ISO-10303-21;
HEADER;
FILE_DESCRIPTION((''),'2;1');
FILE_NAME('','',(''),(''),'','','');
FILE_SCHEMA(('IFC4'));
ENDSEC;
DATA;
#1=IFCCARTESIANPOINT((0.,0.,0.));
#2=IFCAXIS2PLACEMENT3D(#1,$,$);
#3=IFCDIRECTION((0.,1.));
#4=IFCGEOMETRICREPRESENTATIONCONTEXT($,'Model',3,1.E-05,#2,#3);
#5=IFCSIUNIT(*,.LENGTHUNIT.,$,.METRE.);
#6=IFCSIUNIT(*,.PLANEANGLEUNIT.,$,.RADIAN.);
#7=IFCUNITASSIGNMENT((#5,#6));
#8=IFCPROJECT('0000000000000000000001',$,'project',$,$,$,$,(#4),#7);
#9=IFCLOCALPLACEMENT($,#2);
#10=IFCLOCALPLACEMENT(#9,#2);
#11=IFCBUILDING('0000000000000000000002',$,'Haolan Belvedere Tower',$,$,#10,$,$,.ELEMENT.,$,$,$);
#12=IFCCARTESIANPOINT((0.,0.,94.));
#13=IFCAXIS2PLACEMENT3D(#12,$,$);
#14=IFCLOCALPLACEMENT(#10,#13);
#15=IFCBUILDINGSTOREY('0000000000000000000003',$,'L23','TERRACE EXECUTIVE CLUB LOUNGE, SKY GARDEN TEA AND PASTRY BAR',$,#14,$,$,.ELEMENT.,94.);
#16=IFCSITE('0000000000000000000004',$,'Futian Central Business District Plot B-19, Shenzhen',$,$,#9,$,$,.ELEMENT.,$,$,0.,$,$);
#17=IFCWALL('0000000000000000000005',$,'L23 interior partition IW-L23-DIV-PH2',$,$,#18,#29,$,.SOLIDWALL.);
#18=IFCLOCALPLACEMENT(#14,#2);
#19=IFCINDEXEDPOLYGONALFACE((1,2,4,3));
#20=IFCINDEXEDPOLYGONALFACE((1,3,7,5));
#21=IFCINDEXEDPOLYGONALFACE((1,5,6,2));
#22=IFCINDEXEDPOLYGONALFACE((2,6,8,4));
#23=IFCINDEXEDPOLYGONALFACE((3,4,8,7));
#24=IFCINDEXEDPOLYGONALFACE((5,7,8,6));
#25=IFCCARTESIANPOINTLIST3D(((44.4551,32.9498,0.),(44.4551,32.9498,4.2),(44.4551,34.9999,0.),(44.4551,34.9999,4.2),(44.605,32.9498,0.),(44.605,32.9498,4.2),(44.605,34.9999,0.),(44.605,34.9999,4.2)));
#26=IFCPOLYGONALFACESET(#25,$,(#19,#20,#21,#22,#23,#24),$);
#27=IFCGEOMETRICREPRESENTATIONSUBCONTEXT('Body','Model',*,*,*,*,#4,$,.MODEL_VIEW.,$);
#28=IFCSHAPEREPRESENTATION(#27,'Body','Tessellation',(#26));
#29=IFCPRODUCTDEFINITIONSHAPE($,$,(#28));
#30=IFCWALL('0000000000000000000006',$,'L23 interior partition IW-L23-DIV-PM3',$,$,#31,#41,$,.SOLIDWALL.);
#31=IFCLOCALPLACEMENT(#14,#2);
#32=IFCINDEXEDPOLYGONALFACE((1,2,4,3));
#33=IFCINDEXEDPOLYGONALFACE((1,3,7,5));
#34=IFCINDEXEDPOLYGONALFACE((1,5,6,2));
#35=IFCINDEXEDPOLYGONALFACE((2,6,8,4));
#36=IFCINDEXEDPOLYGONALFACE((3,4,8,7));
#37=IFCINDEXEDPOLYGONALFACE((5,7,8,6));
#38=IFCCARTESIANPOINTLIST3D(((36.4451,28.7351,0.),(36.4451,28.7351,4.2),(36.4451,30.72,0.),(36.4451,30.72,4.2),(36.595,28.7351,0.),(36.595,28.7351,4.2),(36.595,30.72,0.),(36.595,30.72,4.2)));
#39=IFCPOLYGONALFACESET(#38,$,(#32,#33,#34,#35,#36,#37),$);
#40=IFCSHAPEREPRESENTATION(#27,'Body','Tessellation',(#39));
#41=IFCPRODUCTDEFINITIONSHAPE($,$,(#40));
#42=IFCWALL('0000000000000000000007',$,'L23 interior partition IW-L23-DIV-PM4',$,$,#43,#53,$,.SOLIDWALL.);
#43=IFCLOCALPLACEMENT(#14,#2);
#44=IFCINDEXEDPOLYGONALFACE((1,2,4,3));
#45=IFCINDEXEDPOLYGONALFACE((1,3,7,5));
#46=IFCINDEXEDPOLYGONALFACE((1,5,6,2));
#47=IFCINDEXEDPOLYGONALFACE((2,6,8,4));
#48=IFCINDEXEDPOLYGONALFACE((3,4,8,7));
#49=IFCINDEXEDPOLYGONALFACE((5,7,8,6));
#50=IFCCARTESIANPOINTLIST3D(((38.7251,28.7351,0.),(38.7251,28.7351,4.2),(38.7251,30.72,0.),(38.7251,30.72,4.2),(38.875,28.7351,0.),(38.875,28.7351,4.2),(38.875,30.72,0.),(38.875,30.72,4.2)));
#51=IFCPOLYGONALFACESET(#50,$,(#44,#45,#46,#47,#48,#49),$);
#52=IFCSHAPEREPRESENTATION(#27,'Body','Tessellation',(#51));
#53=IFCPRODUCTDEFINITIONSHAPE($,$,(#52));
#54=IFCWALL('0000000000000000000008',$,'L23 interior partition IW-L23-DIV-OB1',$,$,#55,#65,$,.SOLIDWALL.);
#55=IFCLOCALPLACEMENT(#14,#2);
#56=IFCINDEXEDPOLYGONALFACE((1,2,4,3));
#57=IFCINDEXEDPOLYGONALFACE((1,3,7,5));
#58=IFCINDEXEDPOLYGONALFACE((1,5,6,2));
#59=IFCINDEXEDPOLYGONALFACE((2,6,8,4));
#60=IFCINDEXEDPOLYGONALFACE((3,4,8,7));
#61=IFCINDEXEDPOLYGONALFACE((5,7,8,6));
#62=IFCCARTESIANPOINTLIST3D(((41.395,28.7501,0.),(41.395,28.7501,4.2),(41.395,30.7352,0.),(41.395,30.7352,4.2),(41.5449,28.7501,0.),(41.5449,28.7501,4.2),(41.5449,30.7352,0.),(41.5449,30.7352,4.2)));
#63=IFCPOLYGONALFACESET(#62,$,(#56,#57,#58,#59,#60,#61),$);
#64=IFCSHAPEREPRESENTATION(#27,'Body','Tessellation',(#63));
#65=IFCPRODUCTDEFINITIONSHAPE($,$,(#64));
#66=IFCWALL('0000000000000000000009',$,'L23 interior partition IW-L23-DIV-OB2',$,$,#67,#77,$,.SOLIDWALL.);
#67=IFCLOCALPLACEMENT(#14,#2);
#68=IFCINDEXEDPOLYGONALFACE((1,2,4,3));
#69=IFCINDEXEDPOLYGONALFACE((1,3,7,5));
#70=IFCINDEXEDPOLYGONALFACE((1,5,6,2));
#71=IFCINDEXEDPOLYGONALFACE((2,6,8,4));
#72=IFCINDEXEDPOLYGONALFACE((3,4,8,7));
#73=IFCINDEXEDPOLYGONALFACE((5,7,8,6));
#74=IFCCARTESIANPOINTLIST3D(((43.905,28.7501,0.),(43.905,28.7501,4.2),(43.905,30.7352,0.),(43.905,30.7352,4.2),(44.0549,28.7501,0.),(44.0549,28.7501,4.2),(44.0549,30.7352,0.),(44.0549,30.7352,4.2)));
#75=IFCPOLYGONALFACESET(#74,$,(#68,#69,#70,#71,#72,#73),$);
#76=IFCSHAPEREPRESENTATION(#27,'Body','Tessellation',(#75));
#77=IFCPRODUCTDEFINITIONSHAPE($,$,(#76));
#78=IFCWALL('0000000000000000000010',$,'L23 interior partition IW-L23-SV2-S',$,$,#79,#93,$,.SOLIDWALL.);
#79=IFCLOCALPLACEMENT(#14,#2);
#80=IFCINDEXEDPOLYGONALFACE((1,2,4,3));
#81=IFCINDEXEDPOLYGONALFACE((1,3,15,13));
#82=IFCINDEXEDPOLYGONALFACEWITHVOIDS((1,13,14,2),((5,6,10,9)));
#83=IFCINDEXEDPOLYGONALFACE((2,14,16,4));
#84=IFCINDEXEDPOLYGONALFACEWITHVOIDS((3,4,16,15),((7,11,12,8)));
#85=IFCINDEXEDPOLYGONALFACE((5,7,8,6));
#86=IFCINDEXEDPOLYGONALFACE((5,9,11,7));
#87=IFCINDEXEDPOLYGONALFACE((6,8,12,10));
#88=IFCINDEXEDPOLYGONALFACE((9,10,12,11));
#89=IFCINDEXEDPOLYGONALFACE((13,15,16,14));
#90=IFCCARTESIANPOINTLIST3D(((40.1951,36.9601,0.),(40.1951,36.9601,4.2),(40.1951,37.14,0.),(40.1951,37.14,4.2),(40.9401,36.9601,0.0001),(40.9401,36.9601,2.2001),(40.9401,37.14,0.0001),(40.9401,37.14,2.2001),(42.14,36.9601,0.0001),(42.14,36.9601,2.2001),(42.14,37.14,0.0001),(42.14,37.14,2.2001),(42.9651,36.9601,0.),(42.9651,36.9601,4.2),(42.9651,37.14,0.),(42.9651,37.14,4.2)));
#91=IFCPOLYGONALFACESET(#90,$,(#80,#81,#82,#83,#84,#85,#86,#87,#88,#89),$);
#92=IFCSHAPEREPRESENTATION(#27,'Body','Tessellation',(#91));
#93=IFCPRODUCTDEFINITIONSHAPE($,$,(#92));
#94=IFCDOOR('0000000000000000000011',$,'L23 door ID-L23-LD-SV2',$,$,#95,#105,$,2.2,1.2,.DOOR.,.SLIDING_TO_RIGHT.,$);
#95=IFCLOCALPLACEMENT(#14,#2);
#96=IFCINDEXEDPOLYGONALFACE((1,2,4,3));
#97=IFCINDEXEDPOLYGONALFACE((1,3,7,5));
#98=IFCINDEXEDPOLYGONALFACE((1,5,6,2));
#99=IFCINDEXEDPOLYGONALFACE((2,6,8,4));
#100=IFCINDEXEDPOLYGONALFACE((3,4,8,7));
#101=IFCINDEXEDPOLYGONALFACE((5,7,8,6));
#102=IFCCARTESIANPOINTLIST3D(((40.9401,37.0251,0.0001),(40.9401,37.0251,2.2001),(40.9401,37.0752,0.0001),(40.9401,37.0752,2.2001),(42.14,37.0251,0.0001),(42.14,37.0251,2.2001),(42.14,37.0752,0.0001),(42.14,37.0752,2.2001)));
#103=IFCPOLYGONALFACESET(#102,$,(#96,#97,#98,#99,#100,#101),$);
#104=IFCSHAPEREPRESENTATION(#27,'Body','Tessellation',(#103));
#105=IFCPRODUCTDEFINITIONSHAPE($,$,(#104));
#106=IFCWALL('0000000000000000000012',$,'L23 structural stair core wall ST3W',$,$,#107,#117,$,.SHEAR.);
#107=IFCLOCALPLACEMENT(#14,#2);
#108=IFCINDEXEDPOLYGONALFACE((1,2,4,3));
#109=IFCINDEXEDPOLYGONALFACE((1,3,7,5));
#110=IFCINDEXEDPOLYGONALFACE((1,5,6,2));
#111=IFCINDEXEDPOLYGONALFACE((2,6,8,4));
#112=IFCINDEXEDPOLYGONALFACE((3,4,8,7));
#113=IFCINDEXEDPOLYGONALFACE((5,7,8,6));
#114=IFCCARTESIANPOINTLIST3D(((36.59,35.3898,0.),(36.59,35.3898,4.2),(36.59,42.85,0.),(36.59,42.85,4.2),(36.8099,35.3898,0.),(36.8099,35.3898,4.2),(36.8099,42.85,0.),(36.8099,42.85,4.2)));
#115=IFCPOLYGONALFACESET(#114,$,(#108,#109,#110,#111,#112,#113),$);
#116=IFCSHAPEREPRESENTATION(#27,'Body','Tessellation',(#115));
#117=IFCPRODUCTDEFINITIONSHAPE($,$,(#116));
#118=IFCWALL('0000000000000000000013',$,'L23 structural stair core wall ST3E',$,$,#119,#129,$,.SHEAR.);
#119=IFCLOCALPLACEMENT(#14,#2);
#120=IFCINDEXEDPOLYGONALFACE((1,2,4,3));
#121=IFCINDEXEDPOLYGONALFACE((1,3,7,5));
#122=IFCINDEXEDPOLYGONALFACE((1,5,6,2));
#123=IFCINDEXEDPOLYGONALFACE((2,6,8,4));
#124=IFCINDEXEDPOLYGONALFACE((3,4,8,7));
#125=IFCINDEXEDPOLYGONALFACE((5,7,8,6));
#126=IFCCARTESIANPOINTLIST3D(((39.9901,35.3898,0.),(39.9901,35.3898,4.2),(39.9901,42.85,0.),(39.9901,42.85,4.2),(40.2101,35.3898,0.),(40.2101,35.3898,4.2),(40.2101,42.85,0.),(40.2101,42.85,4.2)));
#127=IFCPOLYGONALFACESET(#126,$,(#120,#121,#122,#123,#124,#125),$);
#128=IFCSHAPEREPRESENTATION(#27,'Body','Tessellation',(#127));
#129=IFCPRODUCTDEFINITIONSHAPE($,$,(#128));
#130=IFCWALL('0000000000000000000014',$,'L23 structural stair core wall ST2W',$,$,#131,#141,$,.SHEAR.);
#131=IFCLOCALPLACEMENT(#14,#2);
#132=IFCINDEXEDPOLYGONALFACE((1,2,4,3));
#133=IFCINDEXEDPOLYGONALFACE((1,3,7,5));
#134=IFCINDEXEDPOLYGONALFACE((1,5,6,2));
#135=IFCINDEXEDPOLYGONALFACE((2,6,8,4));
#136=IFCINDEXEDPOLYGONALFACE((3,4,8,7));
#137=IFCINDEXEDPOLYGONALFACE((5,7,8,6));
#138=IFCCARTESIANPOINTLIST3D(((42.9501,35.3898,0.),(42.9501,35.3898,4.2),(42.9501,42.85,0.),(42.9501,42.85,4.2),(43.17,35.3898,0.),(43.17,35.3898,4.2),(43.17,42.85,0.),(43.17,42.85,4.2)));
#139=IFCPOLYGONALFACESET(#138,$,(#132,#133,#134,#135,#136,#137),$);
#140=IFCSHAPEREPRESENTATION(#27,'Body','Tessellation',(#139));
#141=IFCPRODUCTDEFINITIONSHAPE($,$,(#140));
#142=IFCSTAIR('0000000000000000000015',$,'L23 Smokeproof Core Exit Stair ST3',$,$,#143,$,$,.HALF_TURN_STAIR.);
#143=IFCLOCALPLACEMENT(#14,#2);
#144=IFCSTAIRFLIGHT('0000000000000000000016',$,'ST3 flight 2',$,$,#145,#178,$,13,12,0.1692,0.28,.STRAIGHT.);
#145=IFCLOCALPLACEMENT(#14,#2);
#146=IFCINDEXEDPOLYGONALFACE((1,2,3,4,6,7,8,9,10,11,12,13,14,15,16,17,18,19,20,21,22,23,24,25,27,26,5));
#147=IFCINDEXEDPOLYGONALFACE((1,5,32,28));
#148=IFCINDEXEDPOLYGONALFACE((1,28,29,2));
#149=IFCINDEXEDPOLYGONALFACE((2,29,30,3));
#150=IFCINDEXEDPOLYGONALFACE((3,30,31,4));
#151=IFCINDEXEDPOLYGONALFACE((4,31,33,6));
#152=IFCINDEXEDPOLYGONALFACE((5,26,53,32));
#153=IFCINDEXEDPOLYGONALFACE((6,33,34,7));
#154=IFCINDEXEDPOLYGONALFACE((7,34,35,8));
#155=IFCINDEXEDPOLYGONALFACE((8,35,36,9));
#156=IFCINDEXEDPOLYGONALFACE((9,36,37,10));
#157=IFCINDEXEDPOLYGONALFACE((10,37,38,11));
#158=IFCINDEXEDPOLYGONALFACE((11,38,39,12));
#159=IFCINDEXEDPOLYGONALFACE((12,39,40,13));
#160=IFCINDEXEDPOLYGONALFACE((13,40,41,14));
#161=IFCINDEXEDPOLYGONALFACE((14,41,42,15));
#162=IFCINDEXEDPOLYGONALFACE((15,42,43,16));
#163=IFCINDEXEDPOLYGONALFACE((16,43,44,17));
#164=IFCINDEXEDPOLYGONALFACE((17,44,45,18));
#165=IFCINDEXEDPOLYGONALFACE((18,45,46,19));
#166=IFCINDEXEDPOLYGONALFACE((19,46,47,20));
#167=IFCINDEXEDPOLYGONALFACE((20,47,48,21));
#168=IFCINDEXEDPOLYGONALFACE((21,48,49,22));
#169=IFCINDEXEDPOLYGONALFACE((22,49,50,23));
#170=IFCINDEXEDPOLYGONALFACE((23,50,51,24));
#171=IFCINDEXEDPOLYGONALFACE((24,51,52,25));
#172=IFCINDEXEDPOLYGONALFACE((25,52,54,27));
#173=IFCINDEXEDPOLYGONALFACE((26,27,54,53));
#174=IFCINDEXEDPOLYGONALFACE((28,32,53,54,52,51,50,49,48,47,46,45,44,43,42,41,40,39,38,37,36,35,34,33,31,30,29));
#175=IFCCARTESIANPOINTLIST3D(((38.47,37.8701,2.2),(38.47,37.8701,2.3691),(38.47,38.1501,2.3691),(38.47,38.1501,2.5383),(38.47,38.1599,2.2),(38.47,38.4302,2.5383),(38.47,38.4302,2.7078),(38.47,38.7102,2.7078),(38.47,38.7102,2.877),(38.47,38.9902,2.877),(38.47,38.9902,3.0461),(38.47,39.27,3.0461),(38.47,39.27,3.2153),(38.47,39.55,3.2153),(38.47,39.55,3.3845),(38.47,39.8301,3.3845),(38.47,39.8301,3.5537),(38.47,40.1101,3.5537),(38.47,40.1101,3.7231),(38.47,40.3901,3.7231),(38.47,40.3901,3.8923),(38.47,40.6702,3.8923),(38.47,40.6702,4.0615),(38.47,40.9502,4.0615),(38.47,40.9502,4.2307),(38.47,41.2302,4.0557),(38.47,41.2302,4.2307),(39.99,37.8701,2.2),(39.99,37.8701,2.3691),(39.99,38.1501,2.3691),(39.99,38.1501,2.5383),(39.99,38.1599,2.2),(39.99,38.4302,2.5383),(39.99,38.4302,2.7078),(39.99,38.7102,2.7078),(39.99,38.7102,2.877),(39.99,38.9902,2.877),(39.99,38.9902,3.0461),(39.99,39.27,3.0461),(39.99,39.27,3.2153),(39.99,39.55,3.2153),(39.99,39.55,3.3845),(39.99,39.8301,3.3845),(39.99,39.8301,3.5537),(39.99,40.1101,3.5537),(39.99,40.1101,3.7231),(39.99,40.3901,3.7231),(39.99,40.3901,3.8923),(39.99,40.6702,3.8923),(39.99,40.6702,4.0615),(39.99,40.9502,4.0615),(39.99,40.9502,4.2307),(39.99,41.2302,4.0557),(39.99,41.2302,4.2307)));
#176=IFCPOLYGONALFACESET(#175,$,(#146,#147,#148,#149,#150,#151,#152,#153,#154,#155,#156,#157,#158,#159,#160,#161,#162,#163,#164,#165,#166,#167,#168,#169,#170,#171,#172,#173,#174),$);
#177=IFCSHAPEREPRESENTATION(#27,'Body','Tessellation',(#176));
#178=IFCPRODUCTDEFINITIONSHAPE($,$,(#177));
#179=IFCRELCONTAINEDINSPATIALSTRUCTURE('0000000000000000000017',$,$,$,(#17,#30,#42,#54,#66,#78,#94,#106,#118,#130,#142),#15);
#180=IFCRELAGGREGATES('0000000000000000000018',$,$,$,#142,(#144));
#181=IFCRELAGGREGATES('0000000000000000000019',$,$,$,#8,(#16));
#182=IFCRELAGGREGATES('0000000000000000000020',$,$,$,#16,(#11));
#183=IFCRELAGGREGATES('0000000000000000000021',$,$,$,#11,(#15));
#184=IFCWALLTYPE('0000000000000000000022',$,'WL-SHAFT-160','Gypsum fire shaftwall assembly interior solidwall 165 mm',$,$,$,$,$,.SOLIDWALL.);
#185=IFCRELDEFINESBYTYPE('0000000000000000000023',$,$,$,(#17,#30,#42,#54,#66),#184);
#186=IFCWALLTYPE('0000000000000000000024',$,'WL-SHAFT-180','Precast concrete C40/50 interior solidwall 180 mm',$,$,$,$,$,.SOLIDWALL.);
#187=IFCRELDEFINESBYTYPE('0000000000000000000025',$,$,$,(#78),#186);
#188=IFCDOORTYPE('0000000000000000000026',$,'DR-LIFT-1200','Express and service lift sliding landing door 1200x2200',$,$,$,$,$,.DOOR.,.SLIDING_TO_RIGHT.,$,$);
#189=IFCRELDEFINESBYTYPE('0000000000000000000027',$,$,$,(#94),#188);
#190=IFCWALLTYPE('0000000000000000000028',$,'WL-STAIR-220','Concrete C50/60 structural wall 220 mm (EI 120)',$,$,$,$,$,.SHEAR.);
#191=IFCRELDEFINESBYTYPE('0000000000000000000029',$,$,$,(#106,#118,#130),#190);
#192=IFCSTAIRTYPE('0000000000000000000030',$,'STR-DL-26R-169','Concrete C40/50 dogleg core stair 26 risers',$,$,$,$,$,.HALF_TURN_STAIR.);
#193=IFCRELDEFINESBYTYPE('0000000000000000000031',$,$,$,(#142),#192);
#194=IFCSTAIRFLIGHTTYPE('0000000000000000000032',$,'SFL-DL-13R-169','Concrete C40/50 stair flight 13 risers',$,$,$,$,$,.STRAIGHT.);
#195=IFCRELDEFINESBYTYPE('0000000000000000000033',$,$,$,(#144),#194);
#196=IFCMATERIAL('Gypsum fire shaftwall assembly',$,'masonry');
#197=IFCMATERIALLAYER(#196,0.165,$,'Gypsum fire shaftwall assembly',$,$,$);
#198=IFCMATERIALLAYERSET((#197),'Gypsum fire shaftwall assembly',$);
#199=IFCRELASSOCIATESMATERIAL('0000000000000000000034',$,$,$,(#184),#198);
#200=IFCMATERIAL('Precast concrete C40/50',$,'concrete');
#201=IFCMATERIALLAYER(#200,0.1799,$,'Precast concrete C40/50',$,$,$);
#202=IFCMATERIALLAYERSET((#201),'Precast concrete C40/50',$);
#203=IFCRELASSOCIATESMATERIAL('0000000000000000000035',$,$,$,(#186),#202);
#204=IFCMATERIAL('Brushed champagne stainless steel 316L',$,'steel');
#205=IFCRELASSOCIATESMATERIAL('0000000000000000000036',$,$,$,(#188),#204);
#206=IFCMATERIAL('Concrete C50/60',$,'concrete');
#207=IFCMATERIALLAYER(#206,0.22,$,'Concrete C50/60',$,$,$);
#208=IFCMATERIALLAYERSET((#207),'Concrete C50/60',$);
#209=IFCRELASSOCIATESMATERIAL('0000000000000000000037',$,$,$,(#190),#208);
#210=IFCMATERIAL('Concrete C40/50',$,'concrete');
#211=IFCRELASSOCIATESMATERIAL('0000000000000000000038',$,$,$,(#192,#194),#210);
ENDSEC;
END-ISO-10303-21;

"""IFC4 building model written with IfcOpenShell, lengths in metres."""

from ifc_helpers import new_model, si_unit, direction, frame, frame_2d, origin, place, context, subcontext, project, spatial, polyline, rectangle, outline, extrude, material, layer, layer_set, type_object, element, fill, aggregate, save


model = new_model("IFC4")

# Units and contexts
model_context = context("Model", 3, precision=1e-05, world=origin(), true_north=direction((0.0, 1.0)))
body_context = subcontext(model_context, "Body", "Model", "MODEL_VIEW")
ifc_project = project(units=[si_unit("LENGTHUNIT", "METRE"), si_unit("PLANEANGLEUNIT", "RADIAN")], contexts=[model_context])

# Site, building, storey
site_placement = place(None, origin())
site = spatial("IfcSite", under=ifc_project, at=site_placement, Name="Futian Central Business District Plot B-19, Shenzhen", CompositionType="ELEMENT", RefElevation=0.0)
building_placement = place(site_placement, origin())
building = spatial("IfcBuilding", under=site, at=building_placement, Name="Haolan Belvedere Tower", CompositionType="ELEMENT")
storey_placement = place(building_placement, frame((0.0, 0.0, 94.0)))
storey = spatial("IfcBuildingStorey", under=building, at=storey_placement, Name="L23", Description="TERRACE EXECUTIVE CLUB LOUNGE, SKY GARDEN TEA AND PASTRY BAR", CompositionType="ELEMENT", Elevation=94.0)

# Shared definitions
ifc_material_1 = material(Name="Gypsum fire shaftwall assembly", Category="masonry")
ifc_layer_1 = layer(ifc_material_1, 0.165, Name="Gypsum fire shaftwall assembly")
ifc_layer_set_1 = layer_set([ifc_layer_1], Name="Gypsum fire shaftwall assembly")
wall_type_1 = type_object("IfcWallType", Name="WL-SHAFT-160", Description="Gypsum fire shaftwall assembly interior solidwall 165 mm", PredefinedType="SOLIDWALL", material=ifc_layer_set_1)

# Shared definitions
ifc_material_2 = material(Name="Brushed champagne stainless steel 316L", Category="steel")

# Walls
for number, where, z_axis, x_axis, name in (
    (1, (44.53, 32.95, 0.0), (0.0, 0.0, 1.0), (0.0, 1.0, 0.0), "L23 interior partition IW-L23-DIV-PH2"),
):
    element("IfcWall", number, at=place(storey_placement, frame(where, z_axis=z_axis, x_axis=x_axis)), inside=storey, type_object=wall_type_1, Name=name, PredefinedType="SOLIDWALL", context=body_context, shape_type="SweptSolid", body=[
        extrude(rectangle(XDim=2.05, YDim=0.1499, at=frame_2d((1.0249, 0.0))), origin(), (0.0, 0.0, 1.0), 4.2),
    ])
for number, where, z_axis, x_axis, name in (
    (2, (36.52, 28.7351, 0.0), (0.0, 0.0, 1.0), (0.0, 1.0, 0.0), "L23 interior partition IW-L23-DIV-PM3"),
    (3, (38.8, 28.7351, 0.0), (0.0, 0.0, 1.0), (0.0, 1.0, 0.0), "L23 interior partition IW-L23-DIV-PM4"),
):
    element("IfcWall", number, at=place(storey_placement, frame(where, z_axis=z_axis, x_axis=x_axis)), inside=storey, type_object=wall_type_1, Name=name, PredefinedType="SOLIDWALL", context=body_context, shape_type="SweptSolid", body=[
        extrude(rectangle(XDim=1.9849, YDim=0.1499, at=frame_2d((0.9924, 0.0))), origin(), (0.0, 0.0, 1.0), 4.2),
    ])
for number, where, z_axis, x_axis, name in (
    (4, (41.47, 28.75, 0.0), (0.0, 0.0, 1.0), (0.0, 1.0, 0.0), "L23 interior partition IW-L23-DIV-OB1"),
    (5, (43.98, 28.75, 0.0), (0.0, 0.0, 1.0), (0.0, 1.0, 0.0), "L23 interior partition IW-L23-DIV-OB2"),
):
    element("IfcWall", number, at=place(storey_placement, frame(where, z_axis=z_axis, x_axis=x_axis)), inside=storey, type_object=wall_type_1, Name=name, PredefinedType="SOLIDWALL", context=body_context, shape_type="SweptSolid", body=[
        extrude(rectangle(XDim=1.9851, YDim=0.1499, at=frame_2d((0.9927, 0.0))), origin(), (0.0, 0.0, 1.0), 4.2),
    ])

# Wall, opening, door
ifc_material_3 = material(Name="Precast concrete C40/50", Category="concrete")
ifc_layer_2 = layer(ifc_material_3, 0.1799, Name="Precast concrete C40/50")
ifc_layer_set_2 = layer_set([ifc_layer_2], Name="Precast concrete C40/50")
wall_type_2 = type_object("IfcWallType", Name="WL-SHAFT-180", Description="Precast concrete C40/50 interior solidwall 180 mm", PredefinedType="SOLIDWALL", material=ifc_layer_set_2)
wall_1_placement = place(storey_placement, frame((40.1951, 37.05, 0.0), z_axis=(0.0, 0.0, 1.0), x_axis=(1.0, 0.0, 0.0)))
wall_1 = element("IfcWall", 6, at=wall_1_placement, inside=storey, type_object=wall_type_2, Name="L23 interior partition IW-L23-SV2-S", PredefinedType="SOLIDWALL", context=body_context, shape_type="SweptSolid", body=[
    extrude(rectangle(XDim=2.77, YDim=0.1799, at=frame_2d((1.385, 0.0))), origin(), (0.0, 0.0, 1.0), 4.2),
])
opening_1_placement = place(wall_1_placement, frame((1.9451, 0.0, 0.0), z_axis=(0.0, 0.0, 1.0), x_axis=(-1.0, 0.0, 0.0)))
opening_1 = element("IfcOpeningElement", 7, at=opening_1_placement, cuts=wall_1, PredefinedType="OPENING", context=body_context, shape_type="SweptSolid", body=[
    extrude(rectangle(XDim=1.2, YDim=2.2, at=frame_2d((0.6001, 1.1001))), frame((0.0, 0.0999, 0.0), z_axis=(0.0, -1.0, 0.0), x_axis=(1.0, 0.0, 0.0)), (0.0, 0.0, 1.0), 0.2),
])
door_type_1 = type_object("IfcDoorType", Name="DR-LIFT-1200", Description="Express and service lift sliding landing door 1200x2200", OperationType="SLIDING_TO_RIGHT", PredefinedType="DOOR", material=ifc_material_2)
door_1_placement = place(opening_1_placement, origin())
door_1 = element("IfcDoor", 8, at=door_1_placement, inside=storey, type_object=door_type_1, Name="L23 door ID-L23-LD-SV2", OperationType="SLIDING_TO_RIGHT", OverallHeight=2.2, OverallWidth=1.2, PredefinedType="DOOR", context=body_context, shape_type="SweptSolid", body=[
    extrude(rectangle(XDim=1.2, YDim=2.2, at=frame_2d((0.6001, 1.1001))), frame((0.0, 0.0249, 0.0), z_axis=(0.0, -1.0, 0.0), x_axis=(1.0, 0.0, 0.0)), (0.0, 0.0, 1.0), 0.05),
])
fill(opening_1, door_1)

# Walls
ifc_material_4 = material(Name="Concrete C50/60", Category="concrete")
ifc_layer_3 = layer(ifc_material_4, 0.22, Name="Concrete C50/60")
ifc_layer_set_3 = layer_set([ifc_layer_3], Name="Concrete C50/60")
wall_type_3 = type_object("IfcWallType", Name="WL-STAIR-220", Description="Concrete C50/60 structural wall 220 mm (EI 120)", PredefinedType="SHEAR", material=ifc_layer_set_3)
for number, where, z_axis, x_axis, name in (
    (9, (36.7, 35.3899, 0.0), (0.0, 0.0, 1.0), (0.0, 1.0, 0.0), "L23 structural stair core wall ST3W"),
    (10, (40.1001, 35.3899, 0.0), (0.0, 0.0, 1.0), (0.0, 1.0, 0.0), "L23 structural stair core wall ST3E"),
    (11, (43.0601, 35.3899, 0.0), (0.0, 0.0, 1.0), (0.0, 1.0, 0.0), "L23 structural stair core wall ST2W"),
):
    element("IfcWall", number, at=place(storey_placement, frame(where, z_axis=z_axis, x_axis=x_axis)), inside=storey, type_object=wall_type_3, Name=name, PredefinedType="SHEAR", context=body_context, shape_type="SweptSolid", body=[
        extrude(rectangle(XDim=7.4602, YDim=0.22, at=frame_2d((3.73, 0.0))), origin(), (0.0, 0.0, 1.0), 4.2),
    ])

# Stair, stair flight
ifc_material_5 = material(Name="Concrete C40/50", Category="concrete")
stair_type = type_object("IfcStairType", Name="STR-DL-26R-169", Description="Concrete C40/50 dogleg core stair 26 risers", PredefinedType="HALF_TURN_STAIR", material=ifc_material_5)
stair_placement = place(storey_placement, origin())
stair = element("IfcStair", 12, at=stair_placement, inside=storey, type_object=stair_type, Name="L23 Smokeproof Core Exit Stair ST3", PredefinedType="HALF_TURN_STAIR")
stair_flight_type = type_object("IfcStairFlightType", Name="SFL-DL-13R-169", Description="Concrete C40/50 stair flight 13 risers", PredefinedType="STRAIGHT", material=ifc_material_5)
stair_flight_placement = place(storey_placement, frame((39.23, 37.8701, 2.2), z_axis=(0.0, 0.0, 1.0), x_axis=(0.0, 1.0, 0.0)))
stair_flight = element("IfcStairFlight", 13, at=stair_flight_placement, type_object=stair_flight_type, Name="ST3 flight 2", NumberOfRisers=13, NumberOfTreads=12, PredefinedType="STRAIGHT", RiserHeight=0.1692, TreadLength=0.28, context=body_context, shape_type="SweptSolid", body=[
    extrude(outline(polyline([(0.0, 0.0), (0.0, 0.1692), (0.28, 0.1692), (0.28, 0.3384), (0.5601, 0.3384), (0.5601, 0.5078), (0.8401, 0.5078), (0.8401, 0.677), (1.1201, 0.677), (1.1201, 0.8462), (1.3999, 0.8462), (1.3999, 1.0154), (1.6799, 1.0154), (1.6799, 1.1846), (1.96, 1.1846), (1.96, 1.3538), (2.24, 1.3538), (2.24, 1.5232), (2.52, 1.5232), (2.52, 1.6924), (2.8, 1.6924), (2.8, 1.8616), (3.0801, 1.8616), (3.0801, 2.0308), (3.3601, 2.0308), (3.3601, 2.2), (3.3601, 1.8557), (0.2898, 0.0), (0.0, 0.0)])), frame((0.0, 0.76, 0.0), z_axis=(0.0, -1.0, 0.0), x_axis=(1.0, 0.0, 0.0)), (0.0, 0.0, 1.0), 1.52),
])
aggregate(stair, [stair_flight])

save(model, "model.ifc")
